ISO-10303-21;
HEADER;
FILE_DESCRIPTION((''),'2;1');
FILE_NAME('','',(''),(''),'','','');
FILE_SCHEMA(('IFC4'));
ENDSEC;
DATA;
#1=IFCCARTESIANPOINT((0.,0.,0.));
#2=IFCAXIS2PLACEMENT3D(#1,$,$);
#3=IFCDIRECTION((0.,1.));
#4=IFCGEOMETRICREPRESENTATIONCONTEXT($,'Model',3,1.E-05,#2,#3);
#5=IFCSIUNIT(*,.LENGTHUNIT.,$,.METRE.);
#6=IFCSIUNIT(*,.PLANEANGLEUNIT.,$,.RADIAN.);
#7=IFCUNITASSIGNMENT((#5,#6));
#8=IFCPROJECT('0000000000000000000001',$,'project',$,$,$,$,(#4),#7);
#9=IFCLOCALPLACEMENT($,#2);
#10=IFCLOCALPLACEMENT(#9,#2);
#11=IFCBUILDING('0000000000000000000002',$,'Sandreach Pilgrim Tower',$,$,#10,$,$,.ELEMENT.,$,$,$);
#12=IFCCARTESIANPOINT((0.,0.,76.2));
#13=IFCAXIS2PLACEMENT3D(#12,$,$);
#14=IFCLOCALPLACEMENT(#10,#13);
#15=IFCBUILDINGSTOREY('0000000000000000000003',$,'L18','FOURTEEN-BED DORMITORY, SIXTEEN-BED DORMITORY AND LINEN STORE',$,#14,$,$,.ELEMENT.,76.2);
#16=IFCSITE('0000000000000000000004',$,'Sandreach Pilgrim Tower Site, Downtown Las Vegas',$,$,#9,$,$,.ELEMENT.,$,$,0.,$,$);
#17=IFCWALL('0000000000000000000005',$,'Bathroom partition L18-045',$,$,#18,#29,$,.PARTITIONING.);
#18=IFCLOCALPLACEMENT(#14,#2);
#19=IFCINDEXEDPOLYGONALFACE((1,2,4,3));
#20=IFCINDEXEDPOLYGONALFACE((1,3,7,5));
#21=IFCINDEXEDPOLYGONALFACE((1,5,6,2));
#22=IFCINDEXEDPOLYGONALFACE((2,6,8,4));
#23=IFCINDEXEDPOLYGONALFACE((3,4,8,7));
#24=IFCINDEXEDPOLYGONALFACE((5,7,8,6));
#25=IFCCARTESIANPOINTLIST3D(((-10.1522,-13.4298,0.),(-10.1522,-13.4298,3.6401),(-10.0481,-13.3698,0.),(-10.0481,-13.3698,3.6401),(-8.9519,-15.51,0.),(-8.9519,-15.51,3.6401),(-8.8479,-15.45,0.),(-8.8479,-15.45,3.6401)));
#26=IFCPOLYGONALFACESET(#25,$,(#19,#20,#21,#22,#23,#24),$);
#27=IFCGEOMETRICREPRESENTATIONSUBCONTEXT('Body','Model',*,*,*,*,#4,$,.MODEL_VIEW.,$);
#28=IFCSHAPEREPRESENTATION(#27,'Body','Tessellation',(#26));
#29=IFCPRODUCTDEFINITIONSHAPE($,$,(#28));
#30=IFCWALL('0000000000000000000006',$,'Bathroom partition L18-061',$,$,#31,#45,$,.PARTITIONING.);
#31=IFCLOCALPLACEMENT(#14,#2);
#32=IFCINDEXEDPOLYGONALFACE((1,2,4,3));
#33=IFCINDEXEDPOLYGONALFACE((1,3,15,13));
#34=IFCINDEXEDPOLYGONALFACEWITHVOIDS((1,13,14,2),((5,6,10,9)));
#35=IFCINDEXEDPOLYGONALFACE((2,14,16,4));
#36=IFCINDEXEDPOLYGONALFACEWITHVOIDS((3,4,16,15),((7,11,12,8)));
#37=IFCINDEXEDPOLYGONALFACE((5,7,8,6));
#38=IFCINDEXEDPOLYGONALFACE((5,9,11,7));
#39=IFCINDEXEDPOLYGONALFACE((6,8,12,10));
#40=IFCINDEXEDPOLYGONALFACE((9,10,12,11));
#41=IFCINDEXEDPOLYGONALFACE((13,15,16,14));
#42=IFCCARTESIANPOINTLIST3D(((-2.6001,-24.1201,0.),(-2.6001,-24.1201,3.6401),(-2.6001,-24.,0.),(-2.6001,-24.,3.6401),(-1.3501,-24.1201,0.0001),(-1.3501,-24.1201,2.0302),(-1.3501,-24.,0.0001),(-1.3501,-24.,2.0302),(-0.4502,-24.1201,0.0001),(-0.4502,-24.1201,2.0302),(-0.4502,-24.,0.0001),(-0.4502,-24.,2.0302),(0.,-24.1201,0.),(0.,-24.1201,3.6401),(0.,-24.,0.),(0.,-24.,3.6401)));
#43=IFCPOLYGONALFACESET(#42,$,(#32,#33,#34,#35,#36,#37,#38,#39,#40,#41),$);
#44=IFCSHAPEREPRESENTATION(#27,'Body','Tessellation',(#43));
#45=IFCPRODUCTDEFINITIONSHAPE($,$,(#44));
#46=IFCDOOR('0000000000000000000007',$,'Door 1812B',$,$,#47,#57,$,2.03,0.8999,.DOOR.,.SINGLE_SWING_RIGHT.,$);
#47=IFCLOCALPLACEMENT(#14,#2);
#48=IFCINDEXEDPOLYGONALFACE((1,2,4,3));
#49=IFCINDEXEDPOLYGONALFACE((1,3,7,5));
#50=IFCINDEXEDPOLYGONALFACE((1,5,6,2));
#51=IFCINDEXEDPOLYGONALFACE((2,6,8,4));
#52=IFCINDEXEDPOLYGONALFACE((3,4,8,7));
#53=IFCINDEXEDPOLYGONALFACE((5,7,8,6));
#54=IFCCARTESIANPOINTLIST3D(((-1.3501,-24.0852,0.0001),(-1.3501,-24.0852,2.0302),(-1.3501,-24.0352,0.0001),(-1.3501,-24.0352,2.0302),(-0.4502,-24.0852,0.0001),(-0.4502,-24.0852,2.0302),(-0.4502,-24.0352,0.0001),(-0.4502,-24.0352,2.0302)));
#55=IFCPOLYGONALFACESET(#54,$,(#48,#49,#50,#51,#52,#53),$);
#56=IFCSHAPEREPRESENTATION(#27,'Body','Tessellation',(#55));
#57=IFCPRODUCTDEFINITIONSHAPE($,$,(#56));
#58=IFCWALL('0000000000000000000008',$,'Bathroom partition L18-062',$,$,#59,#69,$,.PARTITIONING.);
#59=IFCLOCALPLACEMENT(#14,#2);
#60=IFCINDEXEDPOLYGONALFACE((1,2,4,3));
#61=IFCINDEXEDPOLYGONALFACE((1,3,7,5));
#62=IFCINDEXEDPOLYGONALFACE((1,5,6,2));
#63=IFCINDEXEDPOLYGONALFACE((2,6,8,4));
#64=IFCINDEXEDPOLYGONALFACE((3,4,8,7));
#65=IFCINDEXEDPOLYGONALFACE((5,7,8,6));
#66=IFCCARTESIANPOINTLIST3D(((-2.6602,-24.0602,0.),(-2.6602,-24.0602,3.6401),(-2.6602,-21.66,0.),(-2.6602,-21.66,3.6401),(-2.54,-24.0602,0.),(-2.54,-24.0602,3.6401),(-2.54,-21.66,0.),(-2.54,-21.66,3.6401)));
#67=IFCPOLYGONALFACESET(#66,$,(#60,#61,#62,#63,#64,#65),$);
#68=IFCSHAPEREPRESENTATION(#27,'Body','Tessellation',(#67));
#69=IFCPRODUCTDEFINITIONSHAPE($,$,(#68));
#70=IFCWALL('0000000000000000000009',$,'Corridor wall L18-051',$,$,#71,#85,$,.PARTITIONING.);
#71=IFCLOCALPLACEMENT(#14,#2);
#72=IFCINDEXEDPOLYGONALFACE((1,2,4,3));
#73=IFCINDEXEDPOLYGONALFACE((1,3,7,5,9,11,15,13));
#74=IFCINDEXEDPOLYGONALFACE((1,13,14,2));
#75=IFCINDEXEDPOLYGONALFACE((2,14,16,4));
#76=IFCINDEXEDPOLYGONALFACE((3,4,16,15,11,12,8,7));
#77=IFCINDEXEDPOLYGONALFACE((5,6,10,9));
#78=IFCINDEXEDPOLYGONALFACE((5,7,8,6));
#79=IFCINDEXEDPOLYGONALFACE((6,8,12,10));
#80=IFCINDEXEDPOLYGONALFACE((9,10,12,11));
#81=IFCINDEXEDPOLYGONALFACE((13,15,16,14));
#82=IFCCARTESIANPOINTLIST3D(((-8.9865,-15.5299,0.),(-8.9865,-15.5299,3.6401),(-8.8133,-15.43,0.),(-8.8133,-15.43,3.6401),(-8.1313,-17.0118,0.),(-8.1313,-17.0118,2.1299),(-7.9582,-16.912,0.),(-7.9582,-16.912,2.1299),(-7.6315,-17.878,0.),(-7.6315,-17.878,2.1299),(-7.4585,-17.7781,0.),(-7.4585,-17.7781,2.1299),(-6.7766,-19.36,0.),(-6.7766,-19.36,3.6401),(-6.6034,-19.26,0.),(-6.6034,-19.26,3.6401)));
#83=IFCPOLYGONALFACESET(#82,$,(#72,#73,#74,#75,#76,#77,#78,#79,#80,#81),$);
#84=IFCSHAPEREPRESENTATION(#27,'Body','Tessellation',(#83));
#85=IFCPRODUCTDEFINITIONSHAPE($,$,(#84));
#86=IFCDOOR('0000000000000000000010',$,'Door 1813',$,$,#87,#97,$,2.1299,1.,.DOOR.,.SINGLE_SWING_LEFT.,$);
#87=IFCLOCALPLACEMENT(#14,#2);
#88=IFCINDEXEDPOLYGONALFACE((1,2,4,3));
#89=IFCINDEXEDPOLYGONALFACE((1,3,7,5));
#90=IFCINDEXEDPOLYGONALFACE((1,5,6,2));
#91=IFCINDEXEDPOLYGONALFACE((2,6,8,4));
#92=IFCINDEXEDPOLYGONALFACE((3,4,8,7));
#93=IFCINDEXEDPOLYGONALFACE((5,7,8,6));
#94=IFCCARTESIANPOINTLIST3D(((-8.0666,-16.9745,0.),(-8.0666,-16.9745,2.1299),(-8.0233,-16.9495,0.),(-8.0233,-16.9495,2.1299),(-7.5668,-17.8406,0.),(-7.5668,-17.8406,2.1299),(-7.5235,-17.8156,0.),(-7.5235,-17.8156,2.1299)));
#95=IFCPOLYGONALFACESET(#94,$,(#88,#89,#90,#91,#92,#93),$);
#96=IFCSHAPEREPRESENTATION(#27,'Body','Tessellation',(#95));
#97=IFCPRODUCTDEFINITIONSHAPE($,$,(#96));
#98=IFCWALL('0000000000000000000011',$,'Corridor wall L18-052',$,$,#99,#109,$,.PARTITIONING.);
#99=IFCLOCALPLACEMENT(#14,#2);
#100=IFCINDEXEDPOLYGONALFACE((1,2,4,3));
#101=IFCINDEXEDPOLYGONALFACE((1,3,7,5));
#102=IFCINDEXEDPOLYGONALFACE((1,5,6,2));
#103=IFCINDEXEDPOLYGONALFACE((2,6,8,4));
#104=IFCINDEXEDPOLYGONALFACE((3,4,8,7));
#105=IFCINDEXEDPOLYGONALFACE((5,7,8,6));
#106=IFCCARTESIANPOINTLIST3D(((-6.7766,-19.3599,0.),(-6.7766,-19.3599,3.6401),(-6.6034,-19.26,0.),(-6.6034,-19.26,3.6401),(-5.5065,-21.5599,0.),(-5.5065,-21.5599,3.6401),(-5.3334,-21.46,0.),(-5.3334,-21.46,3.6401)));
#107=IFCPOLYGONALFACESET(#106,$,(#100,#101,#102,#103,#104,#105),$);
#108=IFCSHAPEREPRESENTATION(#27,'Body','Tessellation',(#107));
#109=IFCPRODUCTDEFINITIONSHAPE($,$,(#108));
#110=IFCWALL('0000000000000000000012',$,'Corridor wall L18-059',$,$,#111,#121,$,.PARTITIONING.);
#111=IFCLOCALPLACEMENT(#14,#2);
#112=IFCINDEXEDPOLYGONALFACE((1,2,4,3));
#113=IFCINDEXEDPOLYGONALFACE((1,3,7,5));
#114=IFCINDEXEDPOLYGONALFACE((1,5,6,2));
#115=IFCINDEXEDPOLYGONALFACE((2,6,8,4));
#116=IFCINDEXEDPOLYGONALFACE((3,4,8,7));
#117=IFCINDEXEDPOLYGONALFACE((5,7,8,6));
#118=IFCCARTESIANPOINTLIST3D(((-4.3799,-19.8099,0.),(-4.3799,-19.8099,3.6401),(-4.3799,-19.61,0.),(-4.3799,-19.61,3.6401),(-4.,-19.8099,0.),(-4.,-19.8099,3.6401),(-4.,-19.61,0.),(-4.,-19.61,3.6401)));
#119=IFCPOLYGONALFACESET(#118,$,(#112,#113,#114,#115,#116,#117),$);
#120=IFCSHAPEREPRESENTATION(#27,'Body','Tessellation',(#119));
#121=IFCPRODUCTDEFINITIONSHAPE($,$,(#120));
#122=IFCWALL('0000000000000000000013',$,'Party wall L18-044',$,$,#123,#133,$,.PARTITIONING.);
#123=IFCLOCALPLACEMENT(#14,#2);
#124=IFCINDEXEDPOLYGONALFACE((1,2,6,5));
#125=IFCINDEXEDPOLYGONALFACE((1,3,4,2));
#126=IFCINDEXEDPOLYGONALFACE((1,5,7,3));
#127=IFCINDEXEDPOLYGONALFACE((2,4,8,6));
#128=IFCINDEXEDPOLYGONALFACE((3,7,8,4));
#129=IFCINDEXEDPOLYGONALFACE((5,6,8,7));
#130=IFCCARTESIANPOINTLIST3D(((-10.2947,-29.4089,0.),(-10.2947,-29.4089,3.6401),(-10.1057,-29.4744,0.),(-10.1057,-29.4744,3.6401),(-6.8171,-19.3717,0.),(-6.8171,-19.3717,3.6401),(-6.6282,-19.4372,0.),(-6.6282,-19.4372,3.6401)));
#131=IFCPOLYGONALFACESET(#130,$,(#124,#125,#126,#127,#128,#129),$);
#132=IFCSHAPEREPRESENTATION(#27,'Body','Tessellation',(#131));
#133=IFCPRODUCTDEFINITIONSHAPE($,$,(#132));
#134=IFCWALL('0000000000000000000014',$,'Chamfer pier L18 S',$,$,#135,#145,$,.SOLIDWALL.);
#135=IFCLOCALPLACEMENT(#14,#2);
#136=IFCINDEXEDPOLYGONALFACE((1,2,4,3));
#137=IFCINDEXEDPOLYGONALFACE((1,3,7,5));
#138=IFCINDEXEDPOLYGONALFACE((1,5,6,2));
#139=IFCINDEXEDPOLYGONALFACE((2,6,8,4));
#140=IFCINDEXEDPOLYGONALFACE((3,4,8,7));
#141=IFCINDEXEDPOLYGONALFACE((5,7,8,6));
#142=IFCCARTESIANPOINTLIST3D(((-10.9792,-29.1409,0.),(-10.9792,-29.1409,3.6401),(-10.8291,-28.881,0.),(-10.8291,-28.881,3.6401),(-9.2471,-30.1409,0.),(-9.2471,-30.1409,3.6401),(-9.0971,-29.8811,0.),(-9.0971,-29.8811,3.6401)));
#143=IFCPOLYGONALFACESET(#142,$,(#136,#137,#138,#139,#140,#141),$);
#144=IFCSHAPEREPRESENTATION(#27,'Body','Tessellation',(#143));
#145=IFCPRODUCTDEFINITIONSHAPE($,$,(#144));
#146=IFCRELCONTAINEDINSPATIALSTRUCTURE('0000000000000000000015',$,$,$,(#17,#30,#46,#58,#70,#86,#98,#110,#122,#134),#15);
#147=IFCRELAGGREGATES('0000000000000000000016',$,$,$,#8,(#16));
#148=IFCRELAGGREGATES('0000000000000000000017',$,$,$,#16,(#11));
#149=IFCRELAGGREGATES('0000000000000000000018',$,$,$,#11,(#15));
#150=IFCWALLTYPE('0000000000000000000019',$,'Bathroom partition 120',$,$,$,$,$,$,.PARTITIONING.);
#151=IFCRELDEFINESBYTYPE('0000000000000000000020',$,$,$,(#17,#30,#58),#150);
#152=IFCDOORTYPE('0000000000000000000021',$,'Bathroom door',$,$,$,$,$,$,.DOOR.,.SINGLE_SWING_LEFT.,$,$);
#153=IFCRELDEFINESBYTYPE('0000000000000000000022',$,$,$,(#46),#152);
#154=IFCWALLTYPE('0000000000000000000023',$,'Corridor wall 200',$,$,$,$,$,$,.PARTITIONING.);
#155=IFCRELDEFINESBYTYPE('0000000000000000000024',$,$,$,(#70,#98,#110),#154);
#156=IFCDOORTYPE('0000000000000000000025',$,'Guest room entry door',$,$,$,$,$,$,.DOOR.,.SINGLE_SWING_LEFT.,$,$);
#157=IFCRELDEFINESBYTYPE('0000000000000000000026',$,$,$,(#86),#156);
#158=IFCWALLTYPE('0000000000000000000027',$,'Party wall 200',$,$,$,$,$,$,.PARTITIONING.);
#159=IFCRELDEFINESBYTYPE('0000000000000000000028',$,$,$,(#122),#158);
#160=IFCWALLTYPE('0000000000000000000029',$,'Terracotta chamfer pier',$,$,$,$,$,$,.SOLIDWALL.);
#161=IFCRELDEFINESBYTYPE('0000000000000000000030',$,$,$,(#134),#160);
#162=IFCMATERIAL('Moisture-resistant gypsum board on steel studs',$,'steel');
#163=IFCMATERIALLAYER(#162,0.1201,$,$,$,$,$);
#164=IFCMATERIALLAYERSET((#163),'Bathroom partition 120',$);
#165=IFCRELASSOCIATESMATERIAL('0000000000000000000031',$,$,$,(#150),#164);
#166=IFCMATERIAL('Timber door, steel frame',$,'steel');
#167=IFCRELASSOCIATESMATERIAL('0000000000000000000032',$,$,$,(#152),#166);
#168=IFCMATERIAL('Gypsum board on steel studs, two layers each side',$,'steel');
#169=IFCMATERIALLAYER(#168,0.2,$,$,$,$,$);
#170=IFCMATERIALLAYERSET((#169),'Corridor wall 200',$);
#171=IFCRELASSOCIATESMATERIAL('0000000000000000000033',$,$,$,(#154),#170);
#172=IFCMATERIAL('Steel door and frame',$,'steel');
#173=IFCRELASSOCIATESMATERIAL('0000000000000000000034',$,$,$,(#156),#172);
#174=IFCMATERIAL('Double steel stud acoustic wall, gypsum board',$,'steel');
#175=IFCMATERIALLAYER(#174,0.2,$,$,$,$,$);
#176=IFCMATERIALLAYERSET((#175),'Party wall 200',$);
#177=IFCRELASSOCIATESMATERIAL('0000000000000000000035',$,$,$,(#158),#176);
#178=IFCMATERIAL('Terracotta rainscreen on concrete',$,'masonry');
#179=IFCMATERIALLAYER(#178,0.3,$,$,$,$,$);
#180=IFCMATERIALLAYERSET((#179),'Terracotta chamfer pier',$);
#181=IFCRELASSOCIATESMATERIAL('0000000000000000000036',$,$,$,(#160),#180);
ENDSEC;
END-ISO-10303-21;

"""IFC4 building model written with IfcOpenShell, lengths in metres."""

from ifc_helpers import new_model, si_unit, direction, frame, frame_2d, origin, place, context, subcontext, project, spatial, rectangle, extrude, material, layer, layer_set, type_object, element, fill, save


model = new_model("IFC4")

# Units and contexts
model_context = context("Model", 3, precision=1e-05, world=origin(), true_north=direction((0.0, 1.0)))
body_context = subcontext(model_context, "Body", "Model", "MODEL_VIEW")
ifc_project = project(units=[si_unit("LENGTHUNIT", "METRE"), si_unit("PLANEANGLEUNIT", "RADIAN")], contexts=[model_context])

# Site, building, storey
site_placement = place(None, origin())
site = spatial("IfcSite", under=ifc_project, at=site_placement, Name="Sandreach Pilgrim Tower Site, Downtown Las Vegas", CompositionType="ELEMENT", RefElevation=0.0)
building_placement = place(site_placement, origin())
building = spatial("IfcBuilding", under=site, at=building_placement, Name="Sandreach Pilgrim Tower", CompositionType="ELEMENT")
storey_placement = place(building_placement, frame((0.0, 0.0, 76.2)))
storey = spatial("IfcBuildingStorey", under=building, at=storey_placement, Name="L18", Description="FOURTEEN-BED DORMITORY, SIXTEEN-BED DORMITORY AND LINEN STORE", CompositionType="ELEMENT", Elevation=76.2)

# Wall
ifc_material_1 = material(Name="Moisture-resistant gypsum board on steel studs", Category="steel")
ifc_layer_1 = layer(ifc_material_1, 0.1201)
ifc_layer_set_1 = layer_set([ifc_layer_1], Name="Bathroom partition 120")
wall_type_1 = type_object("IfcWallType", Name="Bathroom partition 120", PredefinedType="PARTITIONING", material=ifc_layer_set_1)
wall_1_placement = place(storey_placement, frame((-10.1001, -13.3999, 0.0), z_axis=(0.0, 0.0, 1.0), x_axis=(0.499769, -0.866159, 0.0)))
element("IfcWall", 1, at=wall_1_placement, inside=storey, type_object=wall_type_1, Name="Bathroom partition L18-045", PredefinedType="PARTITIONING", context=body_context, shape_type="SweptSolid", body=[
    extrude(rectangle(XDim=2.4016, YDim=0.1201, at=frame_2d((1.2007, 0.0))), origin(), (0.0, 0.0, 1.0), 3.6401),
])

# Wall, opening, door
wall_2_placement = place(storey_placement, frame((-2.6001, -24.0601, 0.0), z_axis=(0.0, 0.0, 1.0), x_axis=(1.0, 0.0, 0.0)))
wall_2 = element("IfcWall", 2, at=wall_2_placement, inside=storey, type_object=wall_type_1, Name="Bathroom partition L18-061", PredefinedType="PARTITIONING", context=body_context, shape_type="SweptSolid", body=[
    extrude(rectangle(XDim=2.6001, YDim=0.1201, at=frame_2d((1.3, 0.0))), origin(), (0.0, 0.0, 1.0), 3.6401),
])
opening_1_placement = place(wall_2_placement, frame((1.25, 0.0, 0.0)))
opening_1 = element("IfcOpeningElement", 3, at=opening_1_placement, cuts=wall_2, PredefinedType="OPENING", context=body_context, shape_type="SweptSolid", body=[
    extrude(rectangle(XDim=0.8999, YDim=2.03, at=frame_2d((0.45, 1.0151))), frame((0.0, 0.0601, 0.0), z_axis=(0.0, -1.0, 0.0), x_axis=(1.0, 0.0, 0.0)), (0.0, 0.0, 1.0), 0.1201),
])
ifc_material_2 = material(Name="Timber door, steel frame", Category="steel")
door_type_1 = type_object("IfcDoorType", Name="Bathroom door", OperationType="SINGLE_SWING_LEFT", PredefinedType="DOOR", material=ifc_material_2)
door_1_placement = place(opening_1_placement, origin())
door_1 = element("IfcDoor", 4, at=door_1_placement, inside=storey, type_object=door_type_1, Name="Door 1812B", OperationType="SINGLE_SWING_RIGHT", OverallHeight=2.03, OverallWidth=0.8999, PredefinedType="DOOR", context=body_context, shape_type="SweptSolid", body=[
    extrude(rectangle(XDim=0.8999, YDim=2.03, at=frame_2d((0.45, 1.0151))), frame((0.0, 0.0249, 0.0), z_axis=(0.0, -1.0, 0.0), x_axis=(1.0, 0.0, 0.0)), (0.0, 0.0, 1.0), 0.05),
])
fill(opening_1, door_1)

# Wall
wall_3_placement = place(storey_placement, frame((-2.6001, -21.6599, 0.0), z_axis=(0.0, 0.0, 1.0), x_axis=(0.0, -1.0, 0.0)))
element("IfcWall", 5, at=wall_3_placement, inside=storey, type_object=wall_type_1, Name="Bathroom partition L18-062", PredefinedType="PARTITIONING", context=body_context, shape_type="SweptSolid", body=[
    extrude(rectangle(XDim=2.4001, YDim=0.1201, at=frame_2d((1.2002, 0.0))), origin(), (0.0, 0.0, 1.0), 3.6401),
])

# Wall, opening, door
ifc_material_3 = material(Name="Gypsum board on steel studs, two layers each side", Category="steel")
ifc_layer_2 = layer(ifc_material_3, 0.2)
ifc_layer_set_2 = layer_set([ifc_layer_2], Name="Corridor wall 200")
wall_type_2 = type_object("IfcWallType", Name="Corridor wall 200", PredefinedType="PARTITIONING", material=ifc_layer_set_2)
wall_4_placement = place(storey_placement, frame((-8.8999, -15.48, 0.0), z_axis=(0.0, 0.0, 1.0), x_axis=(0.499773, -0.866156, 0.0)))
wall_4 = element("IfcWall", 6, at=wall_4_placement, inside=storey, type_object=wall_type_2, Name="Corridor wall L18-051", PredefinedType="PARTITIONING", context=body_context, shape_type="SweptSolid", body=[
    extrude(rectangle(XDim=4.4219, YDim=0.2, at=frame_2d((2.2109, 0.0))), origin(), (0.0, 0.0, 1.0), 3.6401),
])
opening_2_placement = place(wall_4_placement, frame((1.7109, 0.0, 0.0)))
opening_2 = element("IfcOpeningElement", 7, at=opening_2_placement, cuts=wall_4, PredefinedType="OPENING", context=body_context, shape_type="SweptSolid", body=[
    extrude(rectangle(XDim=1.0, YDim=2.1299, at=frame_2d((0.5, 1.0649))), frame((0.0, 0.1001, 0.0), z_axis=(0.0, -1.0, 0.0), x_axis=(1.0, 0.0, 0.0)), (0.0, 0.0, 1.0), 0.2),
])
ifc_material_4 = material(Name="Steel door and frame", Category="steel")
door_type_2 = type_object("IfcDoorType", Name="Guest room entry door", OperationType="SINGLE_SWING_LEFT", PredefinedType="DOOR", material=ifc_material_4)
door_2_placement = place(opening_2_placement, origin())
door_2 = element("IfcDoor", 8, at=door_2_placement, inside=storey, type_object=door_type_2, Name="Door 1813", OperationType="SINGLE_SWING_LEFT", OverallHeight=2.1299, OverallWidth=1.0, PredefinedType="DOOR", context=body_context, shape_type="SweptSolid", body=[
    extrude(rectangle(XDim=1.0, YDim=2.1299, at=frame_2d((0.5, 1.0649))), frame((0.0, 0.0249, 0.0), z_axis=(0.0, -1.0, 0.0), x_axis=(1.0, 0.0, 0.0)), (0.0, 0.0, 1.0), 0.05),
])
fill(opening_2, door_2)

# Wall
wall_5_placement = place(storey_placement, frame((-6.6899, -19.3101, 0.0), z_axis=(0.0, 0.0, 1.0), x_axis=(0.499964, -0.866046, 0.0)))
element("IfcWall", 9, at=wall_5_placement, inside=storey, type_object=wall_type_2, Name="Corridor wall L18-052", PredefinedType="PARTITIONING", context=body_context, shape_type="SweptSolid", body=[
    extrude(rectangle(XDim=2.5403, YDim=0.2, at=frame_2d((1.27, 0.0))), origin(), (0.0, 0.0, 1.0), 3.6401),
])

# Walls
wall_6_placement = place(storey_placement, frame((-4.0, -19.71, 0.0), z_axis=(0.0, 0.0, 1.0), x_axis=(-1.0, 0.0, 0.0)))
element("IfcWall", 10, at=wall_6_placement, inside=storey, type_object=wall_type_2, Name="Corridor wall L18-059", PredefinedType="PARTITIONING", context=body_context, shape_type="SweptSolid", body=[
    extrude(rectangle(XDim=0.3799, YDim=0.2, at=frame_2d((0.1899, 0.0))), origin(), (0.0, 0.0, 1.0), 3.6401),
])
ifc_material_5 = material(Name="Double steel stud acoustic wall, gypsum board", Category="steel")
ifc_layer_3 = layer(ifc_material_5, 0.2)
ifc_layer_set_3 = layer_set([ifc_layer_3], Name="Party wall 200")
wall_type_3 = type_object("IfcWallType", Name="Party wall 200", PredefinedType="PARTITIONING", material=ifc_layer_set_3)
wall_7_placement = place(storey_placement, frame((-10.2002, -29.4417, 0.0), z_axis=(0.0, 0.0, 1.0), x_axis=(0.327376, 0.944894, 0.0)))
element("IfcWall", 11, at=wall_7_placement, inside=storey, type_object=wall_type_3, Name="Party wall L18-044", PredefinedType="PARTITIONING", context=body_context, shape_type="SweptSolid", body=[
    extrude(rectangle(XDim=10.6226, YDim=0.2, at=frame_2d((5.3113, 0.0))), origin(), (0.0, 0.0, 1.0), 3.6401),
])
ifc_material_6 = material(Name="Terracotta rainscreen on concrete", Category="masonry")
ifc_layer_4 = layer(ifc_material_6, 0.3)
ifc_layer_set_4 = layer_set([ifc_layer_4], Name="Terracotta chamfer pier")
wall_type_4 = type_object("IfcWallType", Name="Terracotta chamfer pier", PredefinedType="SOLIDWALL", material=ifc_layer_set_4)
wall_8_placement = place(storey_placement, frame((-9.1721, -30.011, 0.0), z_axis=(0.0, 0.0, 1.0), x_axis=(-0.866011, 0.500025, 0.0)))
element("IfcWall", 12, at=wall_8_placement, inside=storey, type_object=wall_type_4, Name="Chamfer pier L18 S", PredefinedType="SOLIDWALL", context=body_context, shape_type="SweptSolid", body=[
    extrude(rectangle(XDim=2.0, YDim=0.3, at=frame_2d((1.0, 0.0))), origin(), (0.0, 0.0, 1.0), 3.6401),
])

save(model, "model.ifc")
